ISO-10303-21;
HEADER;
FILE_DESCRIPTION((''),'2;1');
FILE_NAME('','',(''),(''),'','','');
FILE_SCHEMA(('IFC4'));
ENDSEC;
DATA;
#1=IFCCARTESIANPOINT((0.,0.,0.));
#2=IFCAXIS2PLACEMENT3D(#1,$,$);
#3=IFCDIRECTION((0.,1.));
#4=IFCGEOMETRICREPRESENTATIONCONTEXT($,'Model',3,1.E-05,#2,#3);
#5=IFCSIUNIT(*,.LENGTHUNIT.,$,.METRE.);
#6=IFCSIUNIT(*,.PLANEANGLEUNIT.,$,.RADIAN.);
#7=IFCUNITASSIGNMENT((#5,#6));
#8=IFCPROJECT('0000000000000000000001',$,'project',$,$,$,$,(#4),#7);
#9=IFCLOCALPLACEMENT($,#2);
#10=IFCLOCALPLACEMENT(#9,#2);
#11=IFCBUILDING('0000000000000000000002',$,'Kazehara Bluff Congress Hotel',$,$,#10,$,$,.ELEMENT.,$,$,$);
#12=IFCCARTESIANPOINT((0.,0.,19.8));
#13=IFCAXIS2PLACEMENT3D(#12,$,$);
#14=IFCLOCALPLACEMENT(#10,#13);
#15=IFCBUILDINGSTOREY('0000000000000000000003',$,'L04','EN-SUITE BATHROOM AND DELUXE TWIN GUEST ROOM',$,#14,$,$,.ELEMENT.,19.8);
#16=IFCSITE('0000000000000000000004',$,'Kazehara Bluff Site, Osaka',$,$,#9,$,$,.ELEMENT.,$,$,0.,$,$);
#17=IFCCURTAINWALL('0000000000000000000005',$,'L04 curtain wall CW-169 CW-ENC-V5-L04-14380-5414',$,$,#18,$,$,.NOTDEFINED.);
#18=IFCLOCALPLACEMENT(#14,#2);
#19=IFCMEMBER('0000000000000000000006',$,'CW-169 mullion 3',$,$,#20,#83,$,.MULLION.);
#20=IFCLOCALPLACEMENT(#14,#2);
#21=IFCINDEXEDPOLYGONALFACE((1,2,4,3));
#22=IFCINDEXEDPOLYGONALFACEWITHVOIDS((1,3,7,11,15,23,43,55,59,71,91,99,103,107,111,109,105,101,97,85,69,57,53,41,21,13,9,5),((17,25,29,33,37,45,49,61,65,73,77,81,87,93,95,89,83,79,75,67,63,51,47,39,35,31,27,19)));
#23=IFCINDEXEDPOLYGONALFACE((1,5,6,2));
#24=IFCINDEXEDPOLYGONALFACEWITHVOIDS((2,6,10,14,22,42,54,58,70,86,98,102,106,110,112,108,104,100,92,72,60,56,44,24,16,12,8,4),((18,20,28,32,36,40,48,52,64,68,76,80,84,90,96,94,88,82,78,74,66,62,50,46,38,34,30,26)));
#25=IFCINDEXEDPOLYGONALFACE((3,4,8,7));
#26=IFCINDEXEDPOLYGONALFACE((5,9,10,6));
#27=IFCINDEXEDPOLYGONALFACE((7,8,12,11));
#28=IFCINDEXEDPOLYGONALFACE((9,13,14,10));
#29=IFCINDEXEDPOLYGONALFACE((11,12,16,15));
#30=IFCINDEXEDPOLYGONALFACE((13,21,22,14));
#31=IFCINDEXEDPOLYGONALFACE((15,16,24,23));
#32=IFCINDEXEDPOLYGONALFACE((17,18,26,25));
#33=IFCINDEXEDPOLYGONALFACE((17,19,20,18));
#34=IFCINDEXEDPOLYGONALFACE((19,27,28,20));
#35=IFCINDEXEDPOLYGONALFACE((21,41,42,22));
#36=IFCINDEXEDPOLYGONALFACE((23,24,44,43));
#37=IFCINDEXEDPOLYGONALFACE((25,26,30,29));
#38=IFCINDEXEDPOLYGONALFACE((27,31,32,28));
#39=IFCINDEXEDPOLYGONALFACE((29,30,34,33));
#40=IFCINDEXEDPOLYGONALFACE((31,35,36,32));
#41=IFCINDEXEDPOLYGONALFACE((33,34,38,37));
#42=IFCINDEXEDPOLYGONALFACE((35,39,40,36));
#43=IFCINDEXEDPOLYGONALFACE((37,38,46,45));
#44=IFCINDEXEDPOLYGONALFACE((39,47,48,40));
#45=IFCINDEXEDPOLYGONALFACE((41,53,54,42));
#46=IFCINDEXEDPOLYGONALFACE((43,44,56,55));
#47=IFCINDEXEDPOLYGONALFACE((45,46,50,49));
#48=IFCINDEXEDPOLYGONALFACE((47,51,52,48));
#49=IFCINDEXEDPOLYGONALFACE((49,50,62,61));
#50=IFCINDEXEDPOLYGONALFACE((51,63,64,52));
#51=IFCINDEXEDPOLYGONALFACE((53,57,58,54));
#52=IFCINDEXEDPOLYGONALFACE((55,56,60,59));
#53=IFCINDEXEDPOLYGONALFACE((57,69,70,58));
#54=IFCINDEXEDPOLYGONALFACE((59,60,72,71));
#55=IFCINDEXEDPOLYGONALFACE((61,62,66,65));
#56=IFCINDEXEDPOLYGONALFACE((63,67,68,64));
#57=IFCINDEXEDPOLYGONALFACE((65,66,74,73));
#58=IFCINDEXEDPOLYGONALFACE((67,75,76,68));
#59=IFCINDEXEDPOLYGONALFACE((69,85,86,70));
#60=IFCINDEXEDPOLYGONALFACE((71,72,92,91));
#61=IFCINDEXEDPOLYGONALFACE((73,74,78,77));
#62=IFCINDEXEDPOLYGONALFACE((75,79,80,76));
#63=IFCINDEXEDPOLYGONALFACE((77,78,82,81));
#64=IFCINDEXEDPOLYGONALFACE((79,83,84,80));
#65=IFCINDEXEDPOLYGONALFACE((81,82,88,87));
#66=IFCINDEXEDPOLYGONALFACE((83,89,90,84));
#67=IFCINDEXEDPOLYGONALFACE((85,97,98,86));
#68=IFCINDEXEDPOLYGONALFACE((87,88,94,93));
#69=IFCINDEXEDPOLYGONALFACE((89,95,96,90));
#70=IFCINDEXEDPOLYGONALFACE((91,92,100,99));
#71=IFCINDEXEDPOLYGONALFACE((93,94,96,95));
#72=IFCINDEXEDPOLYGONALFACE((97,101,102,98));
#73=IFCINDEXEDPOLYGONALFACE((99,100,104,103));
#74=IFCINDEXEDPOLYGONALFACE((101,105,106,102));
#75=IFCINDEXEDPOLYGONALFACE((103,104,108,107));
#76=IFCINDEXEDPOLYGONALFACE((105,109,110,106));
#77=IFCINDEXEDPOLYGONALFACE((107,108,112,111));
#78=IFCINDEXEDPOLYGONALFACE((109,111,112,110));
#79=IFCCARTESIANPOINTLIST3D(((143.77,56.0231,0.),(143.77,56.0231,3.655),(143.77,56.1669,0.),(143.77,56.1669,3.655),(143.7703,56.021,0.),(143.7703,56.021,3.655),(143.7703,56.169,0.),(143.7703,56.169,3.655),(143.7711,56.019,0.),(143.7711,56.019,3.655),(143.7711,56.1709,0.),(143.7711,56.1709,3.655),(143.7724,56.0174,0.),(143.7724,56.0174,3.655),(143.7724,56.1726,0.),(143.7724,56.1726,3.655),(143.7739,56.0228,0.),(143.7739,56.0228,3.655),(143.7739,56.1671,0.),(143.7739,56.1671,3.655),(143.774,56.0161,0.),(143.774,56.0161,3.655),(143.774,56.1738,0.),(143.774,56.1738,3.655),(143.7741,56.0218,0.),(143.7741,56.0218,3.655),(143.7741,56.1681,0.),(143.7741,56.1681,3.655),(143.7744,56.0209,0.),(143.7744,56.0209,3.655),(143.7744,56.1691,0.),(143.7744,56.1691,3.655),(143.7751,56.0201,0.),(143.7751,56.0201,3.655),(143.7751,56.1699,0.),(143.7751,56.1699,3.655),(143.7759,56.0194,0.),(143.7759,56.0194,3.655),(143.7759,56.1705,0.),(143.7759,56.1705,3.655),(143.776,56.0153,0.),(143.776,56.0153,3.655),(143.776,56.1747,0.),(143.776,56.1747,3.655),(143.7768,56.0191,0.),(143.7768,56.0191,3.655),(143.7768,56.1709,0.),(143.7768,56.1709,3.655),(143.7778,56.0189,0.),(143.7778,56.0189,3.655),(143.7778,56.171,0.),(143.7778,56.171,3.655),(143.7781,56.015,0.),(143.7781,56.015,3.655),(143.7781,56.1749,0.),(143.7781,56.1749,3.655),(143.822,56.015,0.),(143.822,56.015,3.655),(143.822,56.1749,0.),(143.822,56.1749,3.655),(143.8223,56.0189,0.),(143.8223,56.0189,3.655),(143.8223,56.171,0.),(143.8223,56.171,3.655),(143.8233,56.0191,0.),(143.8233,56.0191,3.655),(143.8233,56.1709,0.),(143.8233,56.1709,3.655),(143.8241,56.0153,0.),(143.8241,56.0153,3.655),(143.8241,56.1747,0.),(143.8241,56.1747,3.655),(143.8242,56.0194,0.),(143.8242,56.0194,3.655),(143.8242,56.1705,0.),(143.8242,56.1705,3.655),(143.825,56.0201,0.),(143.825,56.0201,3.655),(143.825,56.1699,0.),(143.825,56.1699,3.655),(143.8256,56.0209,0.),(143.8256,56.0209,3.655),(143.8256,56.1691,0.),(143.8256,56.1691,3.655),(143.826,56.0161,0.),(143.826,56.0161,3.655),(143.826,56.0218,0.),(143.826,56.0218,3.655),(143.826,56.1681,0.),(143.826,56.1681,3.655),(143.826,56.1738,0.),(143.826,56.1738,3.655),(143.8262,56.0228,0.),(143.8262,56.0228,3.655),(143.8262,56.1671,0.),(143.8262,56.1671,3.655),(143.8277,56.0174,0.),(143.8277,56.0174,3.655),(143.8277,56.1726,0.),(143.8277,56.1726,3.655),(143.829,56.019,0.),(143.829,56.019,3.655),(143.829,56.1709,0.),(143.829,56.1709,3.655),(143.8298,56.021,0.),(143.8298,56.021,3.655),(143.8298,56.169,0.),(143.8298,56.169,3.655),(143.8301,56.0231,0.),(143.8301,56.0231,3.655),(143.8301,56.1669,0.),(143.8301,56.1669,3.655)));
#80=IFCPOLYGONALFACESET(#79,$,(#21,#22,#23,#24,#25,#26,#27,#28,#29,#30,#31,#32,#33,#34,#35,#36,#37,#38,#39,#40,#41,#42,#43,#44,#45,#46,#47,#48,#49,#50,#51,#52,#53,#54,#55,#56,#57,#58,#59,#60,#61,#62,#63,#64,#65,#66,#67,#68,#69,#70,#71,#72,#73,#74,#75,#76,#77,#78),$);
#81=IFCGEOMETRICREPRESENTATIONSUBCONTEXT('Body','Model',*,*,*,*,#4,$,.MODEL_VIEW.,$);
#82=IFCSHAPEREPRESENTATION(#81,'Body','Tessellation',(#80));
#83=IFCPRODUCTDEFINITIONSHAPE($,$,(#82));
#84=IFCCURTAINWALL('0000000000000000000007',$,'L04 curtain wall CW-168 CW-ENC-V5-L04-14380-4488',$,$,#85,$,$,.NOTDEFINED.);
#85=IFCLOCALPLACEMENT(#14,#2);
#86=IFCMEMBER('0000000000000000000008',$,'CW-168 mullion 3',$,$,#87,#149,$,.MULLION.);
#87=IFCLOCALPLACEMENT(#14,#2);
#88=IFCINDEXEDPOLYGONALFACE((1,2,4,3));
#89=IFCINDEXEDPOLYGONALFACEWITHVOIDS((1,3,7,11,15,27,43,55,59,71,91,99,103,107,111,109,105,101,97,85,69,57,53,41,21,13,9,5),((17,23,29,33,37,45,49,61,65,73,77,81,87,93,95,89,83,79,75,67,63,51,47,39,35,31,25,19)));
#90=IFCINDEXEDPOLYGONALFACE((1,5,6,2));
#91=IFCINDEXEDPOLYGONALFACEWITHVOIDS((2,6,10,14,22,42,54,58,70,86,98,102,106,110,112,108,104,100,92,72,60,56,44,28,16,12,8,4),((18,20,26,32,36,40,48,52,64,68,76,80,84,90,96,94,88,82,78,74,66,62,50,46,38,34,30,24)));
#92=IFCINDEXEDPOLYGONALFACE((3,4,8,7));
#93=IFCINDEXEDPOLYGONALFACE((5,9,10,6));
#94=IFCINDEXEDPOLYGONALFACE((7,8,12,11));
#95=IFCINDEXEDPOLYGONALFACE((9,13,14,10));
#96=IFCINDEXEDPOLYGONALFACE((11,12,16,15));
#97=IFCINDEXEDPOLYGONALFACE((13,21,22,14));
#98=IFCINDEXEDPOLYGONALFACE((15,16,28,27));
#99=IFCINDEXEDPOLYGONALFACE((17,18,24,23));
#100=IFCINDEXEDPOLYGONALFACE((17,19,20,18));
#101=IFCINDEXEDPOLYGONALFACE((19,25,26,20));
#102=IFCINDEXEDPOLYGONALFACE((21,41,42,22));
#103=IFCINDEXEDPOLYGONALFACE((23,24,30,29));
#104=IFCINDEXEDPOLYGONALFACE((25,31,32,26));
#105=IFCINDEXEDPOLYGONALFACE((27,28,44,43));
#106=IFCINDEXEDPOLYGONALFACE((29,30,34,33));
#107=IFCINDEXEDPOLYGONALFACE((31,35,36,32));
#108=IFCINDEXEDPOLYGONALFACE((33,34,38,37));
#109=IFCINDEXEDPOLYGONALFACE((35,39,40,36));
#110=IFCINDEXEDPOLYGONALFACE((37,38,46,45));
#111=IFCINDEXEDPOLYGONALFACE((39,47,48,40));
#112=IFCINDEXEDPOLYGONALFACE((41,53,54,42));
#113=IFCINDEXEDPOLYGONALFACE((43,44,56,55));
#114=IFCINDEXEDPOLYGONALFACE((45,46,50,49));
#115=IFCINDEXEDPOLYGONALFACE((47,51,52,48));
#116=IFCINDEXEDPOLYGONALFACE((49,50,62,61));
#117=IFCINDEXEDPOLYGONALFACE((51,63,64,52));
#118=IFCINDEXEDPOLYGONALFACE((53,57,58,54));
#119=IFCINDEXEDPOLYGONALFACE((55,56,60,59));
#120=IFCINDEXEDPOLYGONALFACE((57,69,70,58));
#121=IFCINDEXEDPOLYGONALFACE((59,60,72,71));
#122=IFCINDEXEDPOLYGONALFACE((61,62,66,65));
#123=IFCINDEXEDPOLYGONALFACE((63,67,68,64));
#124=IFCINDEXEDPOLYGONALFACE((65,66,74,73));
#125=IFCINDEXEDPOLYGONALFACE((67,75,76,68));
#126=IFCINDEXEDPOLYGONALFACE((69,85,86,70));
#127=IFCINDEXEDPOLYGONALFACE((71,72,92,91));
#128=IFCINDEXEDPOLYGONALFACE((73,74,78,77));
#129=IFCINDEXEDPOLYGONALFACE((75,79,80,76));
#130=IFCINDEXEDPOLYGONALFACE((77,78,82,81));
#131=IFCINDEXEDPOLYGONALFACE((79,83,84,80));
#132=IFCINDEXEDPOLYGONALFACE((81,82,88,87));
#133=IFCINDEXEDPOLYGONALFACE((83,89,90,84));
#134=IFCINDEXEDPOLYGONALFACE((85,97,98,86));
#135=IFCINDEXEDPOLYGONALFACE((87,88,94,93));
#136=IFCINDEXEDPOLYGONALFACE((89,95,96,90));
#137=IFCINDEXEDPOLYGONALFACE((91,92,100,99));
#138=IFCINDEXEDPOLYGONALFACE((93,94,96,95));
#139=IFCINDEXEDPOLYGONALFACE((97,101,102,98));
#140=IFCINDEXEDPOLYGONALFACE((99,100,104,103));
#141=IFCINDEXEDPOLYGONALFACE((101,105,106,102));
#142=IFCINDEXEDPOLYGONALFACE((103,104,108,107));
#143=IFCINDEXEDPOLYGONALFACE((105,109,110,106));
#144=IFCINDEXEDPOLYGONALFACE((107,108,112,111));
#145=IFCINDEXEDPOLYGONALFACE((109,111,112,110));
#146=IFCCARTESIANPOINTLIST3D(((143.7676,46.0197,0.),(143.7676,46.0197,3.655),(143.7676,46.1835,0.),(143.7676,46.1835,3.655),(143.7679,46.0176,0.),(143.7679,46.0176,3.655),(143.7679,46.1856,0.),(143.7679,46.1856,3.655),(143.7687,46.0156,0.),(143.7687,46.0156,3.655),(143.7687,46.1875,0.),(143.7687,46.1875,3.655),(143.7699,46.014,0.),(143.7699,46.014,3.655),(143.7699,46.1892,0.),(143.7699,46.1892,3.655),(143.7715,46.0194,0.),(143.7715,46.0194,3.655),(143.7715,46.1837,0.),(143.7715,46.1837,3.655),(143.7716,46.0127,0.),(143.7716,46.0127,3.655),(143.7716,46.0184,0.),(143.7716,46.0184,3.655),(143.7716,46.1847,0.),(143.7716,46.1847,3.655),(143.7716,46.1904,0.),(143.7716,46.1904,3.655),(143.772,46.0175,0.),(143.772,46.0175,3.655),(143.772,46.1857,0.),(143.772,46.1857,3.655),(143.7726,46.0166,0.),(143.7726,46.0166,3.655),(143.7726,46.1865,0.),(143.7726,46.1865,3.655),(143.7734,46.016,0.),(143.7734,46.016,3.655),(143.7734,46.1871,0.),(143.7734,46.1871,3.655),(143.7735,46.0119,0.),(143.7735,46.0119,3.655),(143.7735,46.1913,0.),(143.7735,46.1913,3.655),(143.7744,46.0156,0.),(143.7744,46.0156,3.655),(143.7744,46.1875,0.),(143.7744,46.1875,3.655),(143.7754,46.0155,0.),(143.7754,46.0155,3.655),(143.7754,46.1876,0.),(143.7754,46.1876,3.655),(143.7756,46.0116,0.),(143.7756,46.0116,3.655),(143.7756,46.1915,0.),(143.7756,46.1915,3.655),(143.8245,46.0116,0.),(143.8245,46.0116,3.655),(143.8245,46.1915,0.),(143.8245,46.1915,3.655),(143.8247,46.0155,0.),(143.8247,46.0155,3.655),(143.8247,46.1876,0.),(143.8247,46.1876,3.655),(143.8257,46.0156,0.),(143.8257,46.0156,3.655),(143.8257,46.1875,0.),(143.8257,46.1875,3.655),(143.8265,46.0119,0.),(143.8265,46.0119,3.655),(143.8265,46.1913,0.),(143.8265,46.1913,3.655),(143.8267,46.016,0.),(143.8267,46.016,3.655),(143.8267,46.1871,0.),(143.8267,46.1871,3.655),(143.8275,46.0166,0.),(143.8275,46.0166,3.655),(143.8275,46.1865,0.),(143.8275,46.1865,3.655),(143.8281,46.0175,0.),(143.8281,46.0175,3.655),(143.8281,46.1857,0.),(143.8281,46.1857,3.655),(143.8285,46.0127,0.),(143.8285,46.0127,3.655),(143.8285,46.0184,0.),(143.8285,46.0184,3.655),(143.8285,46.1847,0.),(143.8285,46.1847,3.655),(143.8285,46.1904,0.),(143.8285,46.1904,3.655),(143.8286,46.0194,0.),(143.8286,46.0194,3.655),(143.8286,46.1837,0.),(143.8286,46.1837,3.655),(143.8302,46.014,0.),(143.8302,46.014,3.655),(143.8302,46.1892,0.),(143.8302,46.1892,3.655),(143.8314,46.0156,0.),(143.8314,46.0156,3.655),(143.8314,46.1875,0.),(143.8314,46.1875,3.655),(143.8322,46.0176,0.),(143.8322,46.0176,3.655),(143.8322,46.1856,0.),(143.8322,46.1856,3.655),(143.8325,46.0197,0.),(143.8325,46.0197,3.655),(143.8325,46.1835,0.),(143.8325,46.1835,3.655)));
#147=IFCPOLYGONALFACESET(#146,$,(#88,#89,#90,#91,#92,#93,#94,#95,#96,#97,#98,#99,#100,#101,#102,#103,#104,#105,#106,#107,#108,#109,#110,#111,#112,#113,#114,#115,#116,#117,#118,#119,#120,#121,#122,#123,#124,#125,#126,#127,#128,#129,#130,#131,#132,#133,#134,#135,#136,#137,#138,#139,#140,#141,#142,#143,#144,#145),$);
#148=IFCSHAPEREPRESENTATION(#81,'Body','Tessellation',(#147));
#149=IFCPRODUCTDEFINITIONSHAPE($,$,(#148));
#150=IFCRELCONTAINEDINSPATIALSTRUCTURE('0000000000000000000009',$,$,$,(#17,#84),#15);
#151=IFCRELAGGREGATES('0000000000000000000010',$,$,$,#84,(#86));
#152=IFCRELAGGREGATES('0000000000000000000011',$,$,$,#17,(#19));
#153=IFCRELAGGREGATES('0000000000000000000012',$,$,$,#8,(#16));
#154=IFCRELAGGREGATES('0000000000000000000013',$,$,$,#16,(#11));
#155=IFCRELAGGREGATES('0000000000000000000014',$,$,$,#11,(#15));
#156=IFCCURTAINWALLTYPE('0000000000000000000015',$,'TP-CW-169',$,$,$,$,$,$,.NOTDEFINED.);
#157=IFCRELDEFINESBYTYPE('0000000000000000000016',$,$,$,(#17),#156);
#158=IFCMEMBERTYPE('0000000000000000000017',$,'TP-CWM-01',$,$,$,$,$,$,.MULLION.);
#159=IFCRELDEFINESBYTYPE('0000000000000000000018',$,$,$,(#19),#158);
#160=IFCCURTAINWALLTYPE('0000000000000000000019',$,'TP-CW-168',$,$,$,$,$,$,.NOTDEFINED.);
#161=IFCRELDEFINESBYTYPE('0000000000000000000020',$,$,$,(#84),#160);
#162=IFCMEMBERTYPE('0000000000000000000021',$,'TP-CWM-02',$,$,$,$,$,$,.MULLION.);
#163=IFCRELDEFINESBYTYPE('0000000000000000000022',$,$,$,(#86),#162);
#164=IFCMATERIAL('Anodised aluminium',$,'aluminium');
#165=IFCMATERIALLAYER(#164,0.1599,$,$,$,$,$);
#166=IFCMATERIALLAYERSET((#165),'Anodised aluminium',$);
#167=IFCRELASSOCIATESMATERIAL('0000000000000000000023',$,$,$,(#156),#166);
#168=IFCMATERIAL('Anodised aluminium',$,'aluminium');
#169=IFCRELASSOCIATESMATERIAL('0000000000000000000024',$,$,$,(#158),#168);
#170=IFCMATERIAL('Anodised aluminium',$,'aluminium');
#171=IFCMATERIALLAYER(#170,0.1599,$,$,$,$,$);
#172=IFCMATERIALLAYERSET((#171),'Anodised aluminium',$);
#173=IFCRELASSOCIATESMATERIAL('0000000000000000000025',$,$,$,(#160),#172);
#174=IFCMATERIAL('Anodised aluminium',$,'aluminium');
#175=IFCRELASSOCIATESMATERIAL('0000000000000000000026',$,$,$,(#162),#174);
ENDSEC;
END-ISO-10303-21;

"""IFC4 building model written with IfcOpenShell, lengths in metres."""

from ifc_helpers import new_model, si_unit, direction, frame, origin, origin_2d, place, context, subcontext, project, spatial, hollow_rectangle, extrude, material, layer, layer_set, material_profile, profile_set, type_object, element, aggregate, save


model = new_model("IFC4")

# Units and contexts
model_context = context("Model", 3, precision=1e-05, world=origin(), true_north=direction((0.0, 1.0)))
body_context = subcontext(model_context, "Body", "Model", "MODEL_VIEW")
ifc_project = project(units=[si_unit("LENGTHUNIT", "METRE"), si_unit("PLANEANGLEUNIT", "RADIAN")], contexts=[model_context])

# Site, building, storey
site_placement = place(None, origin())
site = spatial("IfcSite", under=ifc_project, at=site_placement, Name="Kazehara Bluff Site, Osaka", CompositionType="ELEMENT", RefElevation=0.0)
building_placement = place(site_placement, origin())
building = spatial("IfcBuilding", under=site, at=building_placement, Name="Kazehara Bluff Congress Hotel", CompositionType="ELEMENT")
storey_placement = place(building_placement, frame((0.0, 0.0, 19.8)))
storey = spatial("IfcBuildingStorey", under=building, at=storey_placement, Name="L04", Description="EN-SUITE BATHROOM AND DELUXE TWIN GUEST ROOM", CompositionType="ELEMENT", Elevation=19.8)

# Curtain walls, members
ifc_material_1 = material(Name="Anodised aluminium", Category="aluminium")
ifc_layer_1 = layer(ifc_material_1, 0.1599)
ifc_layer_set_1 = layer_set([ifc_layer_1], Name="Anodised aluminium")
curtain_wall_type_1 = type_object("IfcCurtainWallType", Name="TP-CW-169", PredefinedType="NOTDEFINED", material=ifc_layer_set_1)
curtain_wall_1_placement = place(storey_placement, origin())
curtain_wall_1 = element("IfcCurtainWall", 1, at=curtain_wall_1_placement, inside=storey, type_object=curtain_wall_type_1, Name="L04 curtain wall CW-169 CW-ENC-V5-L04-14380-5414", PredefinedType="NOTDEFINED")
ifc_material_2 = material(Name="Anodised aluminium", Category="aluminium")
ifc_material_profile_1 = material_profile(ifc_material_2, hollow_rectangle(XDim=0.0601, YDim=0.1599, WallThickness=0.0039, InnerFilletRadius=0.0039, OuterFilletRadius=0.0081, at=origin_2d()))
ifc_profile_set_1 = profile_set([ifc_material_profile_1], Name="Anodised aluminium")
member_type_1 = type_object("IfcMemberType", Name="TP-CWM-01", PredefinedType="MULLION", material=ifc_profile_set_1)
member_1_placement = place(storey_placement, frame((143.8, 56.095, 0.0), z_axis=(0.0, 0.0, 1.0), x_axis=(-1.0, 0.0, 0.0)))
member_1 = element("IfcMember", 2, at=member_1_placement, type_object=member_type_1, Name="CW-169 mullion 3", PredefinedType="MULLION", context=body_context, shape_type="SweptSolid", body=[
    extrude(hollow_rectangle(XDim=0.0601, YDim=0.1599, WallThickness=0.0039, InnerFilletRadius=0.0039, OuterFilletRadius=0.0081, at=origin_2d()), origin(), (0.0, 0.0, 1.0), 3.655),
])
ifc_material_3 = material(Name="Anodised aluminium", Category="aluminium")
ifc_layer_2 = layer(ifc_material_3, 0.1599)
ifc_layer_set_2 = layer_set([ifc_layer_2], Name="Anodised aluminium")
curtain_wall_type_2 = type_object("IfcCurtainWallType", Name="TP-CW-168", PredefinedType="NOTDEFINED", material=ifc_layer_set_2)
curtain_wall_2_placement = place(storey_placement, origin())
curtain_wall_2 = element("IfcCurtainWall", 3, at=curtain_wall_2_placement, inside=storey, type_object=curtain_wall_type_2, Name="L04 curtain wall CW-168 CW-ENC-V5-L04-14380-4488", PredefinedType="NOTDEFINED")
ifc_material_4 = material(Name="Anodised aluminium", Category="aluminium")
ifc_material_profile_2 = material_profile(ifc_material_4, hollow_rectangle(XDim=0.0649, YDim=0.1799, WallThickness=0.0039, InnerFilletRadius=0.0039, OuterFilletRadius=0.0081, at=origin_2d()))
ifc_profile_set_2 = profile_set([ifc_material_profile_2], Name="Anodised aluminium")
member_type_2 = type_object("IfcMemberType", Name="TP-CWM-02", PredefinedType="MULLION", material=ifc_profile_set_2)
member_2_placement = place(storey_placement, frame((143.8, 46.1016, 0.0), z_axis=(0.0, 0.0, 1.0), x_axis=(-1.0, 0.0, 0.0)))
member_2 = element("IfcMember", 4, at=member_2_placement, type_object=member_type_2, Name="CW-168 mullion 3", PredefinedType="MULLION", context=body_context, shape_type="SweptSolid", body=[
    extrude(hollow_rectangle(XDim=0.0649, YDim=0.1799, WallThickness=0.0039, InnerFilletRadius=0.0039, OuterFilletRadius=0.0081, at=origin_2d()), origin(), (0.0, 0.0, 1.0), 3.655),
])

aggregate(curtain_wall_2, [member_2])
aggregate(curtain_wall_1, [member_1])

save(model, "model.ifc")
